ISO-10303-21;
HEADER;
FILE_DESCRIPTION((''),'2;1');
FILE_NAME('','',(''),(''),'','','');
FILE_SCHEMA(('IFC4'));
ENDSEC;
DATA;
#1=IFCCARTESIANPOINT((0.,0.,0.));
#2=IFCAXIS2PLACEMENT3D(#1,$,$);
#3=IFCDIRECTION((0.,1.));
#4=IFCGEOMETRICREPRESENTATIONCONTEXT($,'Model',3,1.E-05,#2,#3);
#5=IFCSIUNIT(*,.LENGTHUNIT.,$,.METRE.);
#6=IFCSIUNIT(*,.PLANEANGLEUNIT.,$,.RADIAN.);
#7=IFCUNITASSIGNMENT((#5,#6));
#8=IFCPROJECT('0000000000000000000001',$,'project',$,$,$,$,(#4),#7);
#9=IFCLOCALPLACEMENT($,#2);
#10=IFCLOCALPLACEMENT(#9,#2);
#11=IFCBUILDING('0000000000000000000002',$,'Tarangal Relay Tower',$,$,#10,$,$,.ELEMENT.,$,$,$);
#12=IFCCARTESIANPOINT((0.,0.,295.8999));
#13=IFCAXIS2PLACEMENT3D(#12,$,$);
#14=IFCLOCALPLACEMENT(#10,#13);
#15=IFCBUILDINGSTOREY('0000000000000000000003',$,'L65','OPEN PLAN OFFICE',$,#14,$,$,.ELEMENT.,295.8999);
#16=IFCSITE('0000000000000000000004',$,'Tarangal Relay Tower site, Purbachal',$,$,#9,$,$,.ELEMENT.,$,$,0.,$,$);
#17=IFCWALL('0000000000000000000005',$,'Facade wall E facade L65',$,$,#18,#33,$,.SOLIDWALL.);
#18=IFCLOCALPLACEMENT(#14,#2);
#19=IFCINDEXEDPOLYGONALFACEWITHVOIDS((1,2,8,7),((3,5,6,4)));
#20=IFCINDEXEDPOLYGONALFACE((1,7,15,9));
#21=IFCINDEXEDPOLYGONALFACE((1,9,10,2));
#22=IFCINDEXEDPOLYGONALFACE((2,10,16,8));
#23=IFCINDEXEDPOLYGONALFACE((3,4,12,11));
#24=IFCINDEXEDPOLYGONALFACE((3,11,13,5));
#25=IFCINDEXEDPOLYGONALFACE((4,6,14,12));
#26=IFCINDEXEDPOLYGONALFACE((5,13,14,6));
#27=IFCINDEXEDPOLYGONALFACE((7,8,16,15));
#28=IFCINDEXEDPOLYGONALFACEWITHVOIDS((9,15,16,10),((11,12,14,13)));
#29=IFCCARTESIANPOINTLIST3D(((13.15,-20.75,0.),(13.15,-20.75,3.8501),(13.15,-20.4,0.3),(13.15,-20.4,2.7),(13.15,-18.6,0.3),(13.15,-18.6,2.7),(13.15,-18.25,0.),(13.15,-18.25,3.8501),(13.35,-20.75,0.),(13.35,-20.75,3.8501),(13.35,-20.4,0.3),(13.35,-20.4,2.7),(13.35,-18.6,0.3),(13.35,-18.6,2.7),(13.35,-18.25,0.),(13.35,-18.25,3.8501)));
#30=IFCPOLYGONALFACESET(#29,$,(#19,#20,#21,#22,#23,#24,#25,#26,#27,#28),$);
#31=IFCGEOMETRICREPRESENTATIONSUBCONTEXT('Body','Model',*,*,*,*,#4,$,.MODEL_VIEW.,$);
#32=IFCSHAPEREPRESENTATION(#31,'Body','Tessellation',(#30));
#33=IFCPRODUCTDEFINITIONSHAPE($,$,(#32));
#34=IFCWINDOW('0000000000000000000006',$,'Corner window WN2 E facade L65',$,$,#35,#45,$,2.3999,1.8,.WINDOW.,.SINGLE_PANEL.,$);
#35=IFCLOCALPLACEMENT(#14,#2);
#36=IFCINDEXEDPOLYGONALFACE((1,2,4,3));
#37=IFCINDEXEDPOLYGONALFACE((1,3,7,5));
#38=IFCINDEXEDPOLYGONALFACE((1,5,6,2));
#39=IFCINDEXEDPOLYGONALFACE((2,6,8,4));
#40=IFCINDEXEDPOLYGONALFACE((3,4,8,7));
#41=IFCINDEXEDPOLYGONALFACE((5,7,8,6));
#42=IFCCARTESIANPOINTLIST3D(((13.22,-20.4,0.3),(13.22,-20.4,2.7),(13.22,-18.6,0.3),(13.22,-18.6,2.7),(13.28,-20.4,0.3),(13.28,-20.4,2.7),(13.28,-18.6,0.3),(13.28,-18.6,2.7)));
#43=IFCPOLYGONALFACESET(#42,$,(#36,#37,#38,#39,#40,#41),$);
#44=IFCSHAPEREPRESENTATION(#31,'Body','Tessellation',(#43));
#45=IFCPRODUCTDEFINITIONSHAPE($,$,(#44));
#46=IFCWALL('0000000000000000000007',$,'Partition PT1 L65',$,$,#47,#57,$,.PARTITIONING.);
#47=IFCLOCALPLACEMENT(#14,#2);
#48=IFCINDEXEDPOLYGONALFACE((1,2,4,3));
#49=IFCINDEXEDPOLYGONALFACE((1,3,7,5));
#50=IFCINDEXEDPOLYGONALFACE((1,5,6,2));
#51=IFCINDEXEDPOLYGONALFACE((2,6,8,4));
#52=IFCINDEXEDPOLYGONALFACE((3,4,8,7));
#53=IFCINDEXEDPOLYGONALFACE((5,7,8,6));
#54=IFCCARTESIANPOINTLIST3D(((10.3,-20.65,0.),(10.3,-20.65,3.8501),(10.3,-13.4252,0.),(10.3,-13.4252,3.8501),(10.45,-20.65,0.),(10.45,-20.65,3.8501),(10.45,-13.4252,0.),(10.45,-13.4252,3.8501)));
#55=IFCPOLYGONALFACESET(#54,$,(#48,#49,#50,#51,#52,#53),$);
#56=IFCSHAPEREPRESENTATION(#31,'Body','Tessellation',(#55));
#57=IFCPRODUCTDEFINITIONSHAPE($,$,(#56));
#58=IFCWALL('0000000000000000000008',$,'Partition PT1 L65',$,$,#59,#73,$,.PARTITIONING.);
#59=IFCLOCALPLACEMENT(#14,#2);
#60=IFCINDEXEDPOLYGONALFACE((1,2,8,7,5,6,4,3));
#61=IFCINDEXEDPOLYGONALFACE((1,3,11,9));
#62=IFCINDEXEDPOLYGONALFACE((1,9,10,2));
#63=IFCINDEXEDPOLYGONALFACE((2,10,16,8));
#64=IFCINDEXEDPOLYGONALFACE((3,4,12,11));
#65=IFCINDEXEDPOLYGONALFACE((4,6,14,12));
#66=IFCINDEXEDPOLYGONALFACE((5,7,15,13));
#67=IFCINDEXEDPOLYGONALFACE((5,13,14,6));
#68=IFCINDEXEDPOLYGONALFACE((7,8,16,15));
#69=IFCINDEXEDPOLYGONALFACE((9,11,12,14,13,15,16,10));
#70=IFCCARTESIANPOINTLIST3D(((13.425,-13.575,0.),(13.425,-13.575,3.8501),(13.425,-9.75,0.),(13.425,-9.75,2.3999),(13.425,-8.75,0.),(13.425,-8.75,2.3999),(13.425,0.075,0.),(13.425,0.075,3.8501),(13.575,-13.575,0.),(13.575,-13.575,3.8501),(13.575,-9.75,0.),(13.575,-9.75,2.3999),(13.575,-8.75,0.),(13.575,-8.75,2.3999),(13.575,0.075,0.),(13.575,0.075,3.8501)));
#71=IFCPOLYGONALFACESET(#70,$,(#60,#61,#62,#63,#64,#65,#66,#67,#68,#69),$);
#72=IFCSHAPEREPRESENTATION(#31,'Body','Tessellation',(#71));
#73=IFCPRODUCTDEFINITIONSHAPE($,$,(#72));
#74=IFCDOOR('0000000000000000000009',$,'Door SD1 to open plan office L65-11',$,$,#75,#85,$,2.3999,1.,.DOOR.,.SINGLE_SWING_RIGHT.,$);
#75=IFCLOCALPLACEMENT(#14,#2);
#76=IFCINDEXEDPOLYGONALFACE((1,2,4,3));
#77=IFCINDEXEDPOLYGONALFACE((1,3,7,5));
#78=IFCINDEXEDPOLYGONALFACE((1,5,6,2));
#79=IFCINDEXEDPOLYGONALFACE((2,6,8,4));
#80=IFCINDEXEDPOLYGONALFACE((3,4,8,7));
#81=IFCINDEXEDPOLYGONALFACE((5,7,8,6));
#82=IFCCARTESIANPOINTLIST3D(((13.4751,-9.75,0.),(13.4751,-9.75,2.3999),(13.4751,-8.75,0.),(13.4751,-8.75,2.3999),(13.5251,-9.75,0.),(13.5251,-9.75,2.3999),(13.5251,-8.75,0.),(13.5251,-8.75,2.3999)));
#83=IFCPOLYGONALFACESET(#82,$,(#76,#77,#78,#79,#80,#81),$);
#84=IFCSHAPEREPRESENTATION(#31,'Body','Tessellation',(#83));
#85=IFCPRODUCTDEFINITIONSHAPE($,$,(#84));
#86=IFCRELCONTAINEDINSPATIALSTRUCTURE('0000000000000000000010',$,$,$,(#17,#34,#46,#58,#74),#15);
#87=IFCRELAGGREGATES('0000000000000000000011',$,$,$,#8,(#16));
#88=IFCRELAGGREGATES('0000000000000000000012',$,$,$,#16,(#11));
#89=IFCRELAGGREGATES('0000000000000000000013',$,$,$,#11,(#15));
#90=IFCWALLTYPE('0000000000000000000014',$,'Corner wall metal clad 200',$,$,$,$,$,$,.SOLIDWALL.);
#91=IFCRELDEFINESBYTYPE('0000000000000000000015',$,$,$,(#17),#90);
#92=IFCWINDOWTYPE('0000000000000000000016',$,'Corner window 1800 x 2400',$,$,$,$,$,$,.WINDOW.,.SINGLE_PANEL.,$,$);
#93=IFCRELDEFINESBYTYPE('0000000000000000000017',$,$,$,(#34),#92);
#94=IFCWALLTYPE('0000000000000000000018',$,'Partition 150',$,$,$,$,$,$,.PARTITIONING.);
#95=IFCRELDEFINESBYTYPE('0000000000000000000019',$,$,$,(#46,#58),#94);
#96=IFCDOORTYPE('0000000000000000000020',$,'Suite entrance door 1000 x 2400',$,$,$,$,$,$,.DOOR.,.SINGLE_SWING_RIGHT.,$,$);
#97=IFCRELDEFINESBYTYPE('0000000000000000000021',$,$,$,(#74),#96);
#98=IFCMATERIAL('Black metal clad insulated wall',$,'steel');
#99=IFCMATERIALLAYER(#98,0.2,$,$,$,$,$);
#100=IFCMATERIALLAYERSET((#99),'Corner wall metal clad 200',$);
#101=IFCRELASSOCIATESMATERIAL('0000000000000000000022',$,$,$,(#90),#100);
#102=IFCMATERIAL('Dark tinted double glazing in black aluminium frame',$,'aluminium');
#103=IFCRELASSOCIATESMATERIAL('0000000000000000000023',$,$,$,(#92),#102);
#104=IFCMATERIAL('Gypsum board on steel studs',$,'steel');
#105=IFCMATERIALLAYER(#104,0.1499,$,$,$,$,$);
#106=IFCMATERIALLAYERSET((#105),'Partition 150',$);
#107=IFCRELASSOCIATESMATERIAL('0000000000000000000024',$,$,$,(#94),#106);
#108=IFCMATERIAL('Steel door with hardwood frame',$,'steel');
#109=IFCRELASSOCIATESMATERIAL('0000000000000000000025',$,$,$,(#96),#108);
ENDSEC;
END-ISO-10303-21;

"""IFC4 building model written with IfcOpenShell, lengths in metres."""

from ifc_helpers import new_model, si_unit, direction, frame, frame_2d, origin, place, context, subcontext, project, spatial, rectangle, extrude, material, layer, layer_set, type_object, element, fill, save


model = new_model("IFC4")

# Units and contexts
model_context = context("Model", 3, precision=1e-05, world=origin(), true_north=direction((0.0, 1.0)))
body_context = subcontext(model_context, "Body", "Model", "MODEL_VIEW")
ifc_project = project(units=[si_unit("LENGTHUNIT", "METRE"), si_unit("PLANEANGLEUNIT", "RADIAN")], contexts=[model_context])

# Site, building, storey
site_placement = place(None, origin())
site = spatial("IfcSite", under=ifc_project, at=site_placement, Name="Tarangal Relay Tower site, Purbachal", CompositionType="ELEMENT", RefElevation=0.0)
building_placement = place(site_placement, origin())
building = spatial("IfcBuilding", under=site, at=building_placement, Name="Tarangal Relay Tower", CompositionType="ELEMENT")
storey_placement = place(building_placement, frame((0.0, 0.0, 295.8999)))
storey = spatial("IfcBuildingStorey", under=building, at=storey_placement, Name="L65", Description="OPEN PLAN OFFICE", CompositionType="ELEMENT", Elevation=295.8999)

# Shared definitions
ifc_material_1 = material(Name="Black metal clad insulated wall", Category="steel")
ifc_layer_1 = layer(ifc_material_1, 0.2)
ifc_layer_set_1 = layer_set([ifc_layer_1], Name="Corner wall metal clad 200")
wall_type_1 = type_object("IfcWallType", Name="Corner wall metal clad 200", PredefinedType="SOLIDWALL", material=ifc_layer_set_1)

# Shared definitions
ifc_material_2 = material(Name="Dark tinted double glazing in black aluminium frame", Category="aluminium")
window_type = type_object("IfcWindowType", Name="Corner window 1800 x 2400", PartitioningType="SINGLE_PANEL", PredefinedType="WINDOW", material=ifc_material_2)

# Wall, opening, window
wall_1_placement = place(storey_placement, frame((13.25, -18.25, 0.0), z_axis=(0.0, 0.0, 1.0), x_axis=(0.0, -1.0, 0.0)))
wall_1 = element("IfcWall", 1, at=wall_1_placement, inside=storey, type_object=wall_type_1, Name="Facade wall E facade L65", PredefinedType="SOLIDWALL", context=body_context, shape_type="SweptSolid", body=[
    extrude(rectangle(XDim=2.5, YDim=0.2, at=frame_2d((1.25, 0.0))), origin(), (0.0, 0.0, 1.0), 3.8501),
])
opening_1_placement = place(wall_1_placement, frame((0.3501, 0.0, 0.3)))
opening_1 = element("IfcOpeningElement", 2, at=opening_1_placement, cuts=wall_1, PredefinedType="OPENING", context=body_context, shape_type="SweptSolid", body=[
    extrude(rectangle(XDim=1.8, YDim=2.3999, at=frame_2d((0.8999, 1.2))), frame((0.0, 0.1099, 0.0), z_axis=(0.0, -1.0, 0.0), x_axis=(1.0, 0.0, 0.0)), (0.0, 0.0, 1.0), 0.22),
])
window_1_placement = place(opening_1_placement, origin())
window_1 = element("IfcWindow", 3, at=window_1_placement, inside=storey, type_object=window_type, Name="Corner window WN2 E facade L65", OverallHeight=2.3999, OverallWidth=1.8, PartitioningType="SINGLE_PANEL", PredefinedType="WINDOW", context=body_context, shape_type="SweptSolid", body=[
    extrude(rectangle(XDim=1.8, YDim=2.3999, at=frame_2d((0.8999, 1.2))), frame((0.0, 0.03, 0.0), z_axis=(0.0, -1.0, 0.0), x_axis=(1.0, 0.0, 0.0)), (0.0, 0.0, 1.0), 0.0601),
])
fill(opening_1, window_1)

# Wall
ifc_material_3 = material(Name="Gypsum board on steel studs", Category="steel")
ifc_layer_2 = layer(ifc_material_3, 0.1499)
ifc_layer_set_2 = layer_set([ifc_layer_2], Name="Partition 150")
wall_type_2 = type_object("IfcWallType", Name="Partition 150", PredefinedType="PARTITIONING", material=ifc_layer_set_2)
wall_2_placement = place(storey_placement, frame((10.375, -20.6499, 0.0), z_axis=(0.0, 0.0, 1.0), x_axis=(0.0, 1.0, 0.0)))
element("IfcWall", 4, at=wall_2_placement, inside=storey, type_object=wall_type_2, Name="Partition PT1 L65", PredefinedType="PARTITIONING", context=body_context, shape_type="SweptSolid", body=[
    extrude(rectangle(XDim=7.2249, YDim=0.1499, at=frame_2d((3.6123, 0.0))), origin(), (0.0, 0.0, 1.0), 3.8501),
])

# Wall, opening, door
wall_3_placement = place(storey_placement, frame((13.5, -13.575, 0.0), z_axis=(0.0, 0.0, 1.0), x_axis=(0.0, 1.0, 0.0)))
wall_3 = element("IfcWall", 5, at=wall_3_placement, inside=storey, type_object=wall_type_2, Name="Partition PT1 L65", PredefinedType="PARTITIONING", context=body_context, shape_type="SweptSolid", body=[
    extrude(rectangle(XDim=13.6499, YDim=0.1499, at=frame_2d((6.825, 0.0))), origin(), (0.0, 0.0, 1.0), 3.8501),
])
opening_2_placement = place(wall_3_placement, frame((3.825, 0.0, 0.0)))
opening_2 = element("IfcOpeningElement", 6, at=opening_2_placement, cuts=wall_3, PredefinedType="OPENING", context=body_context, shape_type="SweptSolid", body=[
    extrude(rectangle(XDim=1.0, YDim=2.3999, at=frame_2d((0.5, 1.2))), frame((0.0, 0.085, 0.0), z_axis=(0.0, -1.0, 0.0), x_axis=(1.0, 0.0, 0.0)), (0.0, 0.0, 1.0), 0.1699),
])
ifc_material_4 = material(Name="Steel door with hardwood frame", Category="steel")
door_type_1 = type_object("IfcDoorType", Name="Suite entrance door 1000 x 2400", OperationType="SINGLE_SWING_RIGHT", PredefinedType="DOOR", material=ifc_material_4)
door_1_placement = place(opening_2_placement, origin())
door_1 = element("IfcDoor", 7, at=door_1_placement, inside=storey, type_object=door_type_1, Name="Door SD1 to open plan office L65-11", OperationType="SINGLE_SWING_RIGHT", OverallHeight=2.3999, OverallWidth=1.0, PredefinedType="DOOR", context=body_context, shape_type="SweptSolid", body=[
    extrude(rectangle(XDim=1.0, YDim=2.3999, at=frame_2d((0.5, 1.2))), frame((0.0, 0.0249, 0.0), z_axis=(0.0, -1.0, 0.0), x_axis=(1.0, 0.0, 0.0)), (0.0, 0.0, 1.0), 0.05),
])
fill(opening_2, door_1)

save(model, "model.ifc")
